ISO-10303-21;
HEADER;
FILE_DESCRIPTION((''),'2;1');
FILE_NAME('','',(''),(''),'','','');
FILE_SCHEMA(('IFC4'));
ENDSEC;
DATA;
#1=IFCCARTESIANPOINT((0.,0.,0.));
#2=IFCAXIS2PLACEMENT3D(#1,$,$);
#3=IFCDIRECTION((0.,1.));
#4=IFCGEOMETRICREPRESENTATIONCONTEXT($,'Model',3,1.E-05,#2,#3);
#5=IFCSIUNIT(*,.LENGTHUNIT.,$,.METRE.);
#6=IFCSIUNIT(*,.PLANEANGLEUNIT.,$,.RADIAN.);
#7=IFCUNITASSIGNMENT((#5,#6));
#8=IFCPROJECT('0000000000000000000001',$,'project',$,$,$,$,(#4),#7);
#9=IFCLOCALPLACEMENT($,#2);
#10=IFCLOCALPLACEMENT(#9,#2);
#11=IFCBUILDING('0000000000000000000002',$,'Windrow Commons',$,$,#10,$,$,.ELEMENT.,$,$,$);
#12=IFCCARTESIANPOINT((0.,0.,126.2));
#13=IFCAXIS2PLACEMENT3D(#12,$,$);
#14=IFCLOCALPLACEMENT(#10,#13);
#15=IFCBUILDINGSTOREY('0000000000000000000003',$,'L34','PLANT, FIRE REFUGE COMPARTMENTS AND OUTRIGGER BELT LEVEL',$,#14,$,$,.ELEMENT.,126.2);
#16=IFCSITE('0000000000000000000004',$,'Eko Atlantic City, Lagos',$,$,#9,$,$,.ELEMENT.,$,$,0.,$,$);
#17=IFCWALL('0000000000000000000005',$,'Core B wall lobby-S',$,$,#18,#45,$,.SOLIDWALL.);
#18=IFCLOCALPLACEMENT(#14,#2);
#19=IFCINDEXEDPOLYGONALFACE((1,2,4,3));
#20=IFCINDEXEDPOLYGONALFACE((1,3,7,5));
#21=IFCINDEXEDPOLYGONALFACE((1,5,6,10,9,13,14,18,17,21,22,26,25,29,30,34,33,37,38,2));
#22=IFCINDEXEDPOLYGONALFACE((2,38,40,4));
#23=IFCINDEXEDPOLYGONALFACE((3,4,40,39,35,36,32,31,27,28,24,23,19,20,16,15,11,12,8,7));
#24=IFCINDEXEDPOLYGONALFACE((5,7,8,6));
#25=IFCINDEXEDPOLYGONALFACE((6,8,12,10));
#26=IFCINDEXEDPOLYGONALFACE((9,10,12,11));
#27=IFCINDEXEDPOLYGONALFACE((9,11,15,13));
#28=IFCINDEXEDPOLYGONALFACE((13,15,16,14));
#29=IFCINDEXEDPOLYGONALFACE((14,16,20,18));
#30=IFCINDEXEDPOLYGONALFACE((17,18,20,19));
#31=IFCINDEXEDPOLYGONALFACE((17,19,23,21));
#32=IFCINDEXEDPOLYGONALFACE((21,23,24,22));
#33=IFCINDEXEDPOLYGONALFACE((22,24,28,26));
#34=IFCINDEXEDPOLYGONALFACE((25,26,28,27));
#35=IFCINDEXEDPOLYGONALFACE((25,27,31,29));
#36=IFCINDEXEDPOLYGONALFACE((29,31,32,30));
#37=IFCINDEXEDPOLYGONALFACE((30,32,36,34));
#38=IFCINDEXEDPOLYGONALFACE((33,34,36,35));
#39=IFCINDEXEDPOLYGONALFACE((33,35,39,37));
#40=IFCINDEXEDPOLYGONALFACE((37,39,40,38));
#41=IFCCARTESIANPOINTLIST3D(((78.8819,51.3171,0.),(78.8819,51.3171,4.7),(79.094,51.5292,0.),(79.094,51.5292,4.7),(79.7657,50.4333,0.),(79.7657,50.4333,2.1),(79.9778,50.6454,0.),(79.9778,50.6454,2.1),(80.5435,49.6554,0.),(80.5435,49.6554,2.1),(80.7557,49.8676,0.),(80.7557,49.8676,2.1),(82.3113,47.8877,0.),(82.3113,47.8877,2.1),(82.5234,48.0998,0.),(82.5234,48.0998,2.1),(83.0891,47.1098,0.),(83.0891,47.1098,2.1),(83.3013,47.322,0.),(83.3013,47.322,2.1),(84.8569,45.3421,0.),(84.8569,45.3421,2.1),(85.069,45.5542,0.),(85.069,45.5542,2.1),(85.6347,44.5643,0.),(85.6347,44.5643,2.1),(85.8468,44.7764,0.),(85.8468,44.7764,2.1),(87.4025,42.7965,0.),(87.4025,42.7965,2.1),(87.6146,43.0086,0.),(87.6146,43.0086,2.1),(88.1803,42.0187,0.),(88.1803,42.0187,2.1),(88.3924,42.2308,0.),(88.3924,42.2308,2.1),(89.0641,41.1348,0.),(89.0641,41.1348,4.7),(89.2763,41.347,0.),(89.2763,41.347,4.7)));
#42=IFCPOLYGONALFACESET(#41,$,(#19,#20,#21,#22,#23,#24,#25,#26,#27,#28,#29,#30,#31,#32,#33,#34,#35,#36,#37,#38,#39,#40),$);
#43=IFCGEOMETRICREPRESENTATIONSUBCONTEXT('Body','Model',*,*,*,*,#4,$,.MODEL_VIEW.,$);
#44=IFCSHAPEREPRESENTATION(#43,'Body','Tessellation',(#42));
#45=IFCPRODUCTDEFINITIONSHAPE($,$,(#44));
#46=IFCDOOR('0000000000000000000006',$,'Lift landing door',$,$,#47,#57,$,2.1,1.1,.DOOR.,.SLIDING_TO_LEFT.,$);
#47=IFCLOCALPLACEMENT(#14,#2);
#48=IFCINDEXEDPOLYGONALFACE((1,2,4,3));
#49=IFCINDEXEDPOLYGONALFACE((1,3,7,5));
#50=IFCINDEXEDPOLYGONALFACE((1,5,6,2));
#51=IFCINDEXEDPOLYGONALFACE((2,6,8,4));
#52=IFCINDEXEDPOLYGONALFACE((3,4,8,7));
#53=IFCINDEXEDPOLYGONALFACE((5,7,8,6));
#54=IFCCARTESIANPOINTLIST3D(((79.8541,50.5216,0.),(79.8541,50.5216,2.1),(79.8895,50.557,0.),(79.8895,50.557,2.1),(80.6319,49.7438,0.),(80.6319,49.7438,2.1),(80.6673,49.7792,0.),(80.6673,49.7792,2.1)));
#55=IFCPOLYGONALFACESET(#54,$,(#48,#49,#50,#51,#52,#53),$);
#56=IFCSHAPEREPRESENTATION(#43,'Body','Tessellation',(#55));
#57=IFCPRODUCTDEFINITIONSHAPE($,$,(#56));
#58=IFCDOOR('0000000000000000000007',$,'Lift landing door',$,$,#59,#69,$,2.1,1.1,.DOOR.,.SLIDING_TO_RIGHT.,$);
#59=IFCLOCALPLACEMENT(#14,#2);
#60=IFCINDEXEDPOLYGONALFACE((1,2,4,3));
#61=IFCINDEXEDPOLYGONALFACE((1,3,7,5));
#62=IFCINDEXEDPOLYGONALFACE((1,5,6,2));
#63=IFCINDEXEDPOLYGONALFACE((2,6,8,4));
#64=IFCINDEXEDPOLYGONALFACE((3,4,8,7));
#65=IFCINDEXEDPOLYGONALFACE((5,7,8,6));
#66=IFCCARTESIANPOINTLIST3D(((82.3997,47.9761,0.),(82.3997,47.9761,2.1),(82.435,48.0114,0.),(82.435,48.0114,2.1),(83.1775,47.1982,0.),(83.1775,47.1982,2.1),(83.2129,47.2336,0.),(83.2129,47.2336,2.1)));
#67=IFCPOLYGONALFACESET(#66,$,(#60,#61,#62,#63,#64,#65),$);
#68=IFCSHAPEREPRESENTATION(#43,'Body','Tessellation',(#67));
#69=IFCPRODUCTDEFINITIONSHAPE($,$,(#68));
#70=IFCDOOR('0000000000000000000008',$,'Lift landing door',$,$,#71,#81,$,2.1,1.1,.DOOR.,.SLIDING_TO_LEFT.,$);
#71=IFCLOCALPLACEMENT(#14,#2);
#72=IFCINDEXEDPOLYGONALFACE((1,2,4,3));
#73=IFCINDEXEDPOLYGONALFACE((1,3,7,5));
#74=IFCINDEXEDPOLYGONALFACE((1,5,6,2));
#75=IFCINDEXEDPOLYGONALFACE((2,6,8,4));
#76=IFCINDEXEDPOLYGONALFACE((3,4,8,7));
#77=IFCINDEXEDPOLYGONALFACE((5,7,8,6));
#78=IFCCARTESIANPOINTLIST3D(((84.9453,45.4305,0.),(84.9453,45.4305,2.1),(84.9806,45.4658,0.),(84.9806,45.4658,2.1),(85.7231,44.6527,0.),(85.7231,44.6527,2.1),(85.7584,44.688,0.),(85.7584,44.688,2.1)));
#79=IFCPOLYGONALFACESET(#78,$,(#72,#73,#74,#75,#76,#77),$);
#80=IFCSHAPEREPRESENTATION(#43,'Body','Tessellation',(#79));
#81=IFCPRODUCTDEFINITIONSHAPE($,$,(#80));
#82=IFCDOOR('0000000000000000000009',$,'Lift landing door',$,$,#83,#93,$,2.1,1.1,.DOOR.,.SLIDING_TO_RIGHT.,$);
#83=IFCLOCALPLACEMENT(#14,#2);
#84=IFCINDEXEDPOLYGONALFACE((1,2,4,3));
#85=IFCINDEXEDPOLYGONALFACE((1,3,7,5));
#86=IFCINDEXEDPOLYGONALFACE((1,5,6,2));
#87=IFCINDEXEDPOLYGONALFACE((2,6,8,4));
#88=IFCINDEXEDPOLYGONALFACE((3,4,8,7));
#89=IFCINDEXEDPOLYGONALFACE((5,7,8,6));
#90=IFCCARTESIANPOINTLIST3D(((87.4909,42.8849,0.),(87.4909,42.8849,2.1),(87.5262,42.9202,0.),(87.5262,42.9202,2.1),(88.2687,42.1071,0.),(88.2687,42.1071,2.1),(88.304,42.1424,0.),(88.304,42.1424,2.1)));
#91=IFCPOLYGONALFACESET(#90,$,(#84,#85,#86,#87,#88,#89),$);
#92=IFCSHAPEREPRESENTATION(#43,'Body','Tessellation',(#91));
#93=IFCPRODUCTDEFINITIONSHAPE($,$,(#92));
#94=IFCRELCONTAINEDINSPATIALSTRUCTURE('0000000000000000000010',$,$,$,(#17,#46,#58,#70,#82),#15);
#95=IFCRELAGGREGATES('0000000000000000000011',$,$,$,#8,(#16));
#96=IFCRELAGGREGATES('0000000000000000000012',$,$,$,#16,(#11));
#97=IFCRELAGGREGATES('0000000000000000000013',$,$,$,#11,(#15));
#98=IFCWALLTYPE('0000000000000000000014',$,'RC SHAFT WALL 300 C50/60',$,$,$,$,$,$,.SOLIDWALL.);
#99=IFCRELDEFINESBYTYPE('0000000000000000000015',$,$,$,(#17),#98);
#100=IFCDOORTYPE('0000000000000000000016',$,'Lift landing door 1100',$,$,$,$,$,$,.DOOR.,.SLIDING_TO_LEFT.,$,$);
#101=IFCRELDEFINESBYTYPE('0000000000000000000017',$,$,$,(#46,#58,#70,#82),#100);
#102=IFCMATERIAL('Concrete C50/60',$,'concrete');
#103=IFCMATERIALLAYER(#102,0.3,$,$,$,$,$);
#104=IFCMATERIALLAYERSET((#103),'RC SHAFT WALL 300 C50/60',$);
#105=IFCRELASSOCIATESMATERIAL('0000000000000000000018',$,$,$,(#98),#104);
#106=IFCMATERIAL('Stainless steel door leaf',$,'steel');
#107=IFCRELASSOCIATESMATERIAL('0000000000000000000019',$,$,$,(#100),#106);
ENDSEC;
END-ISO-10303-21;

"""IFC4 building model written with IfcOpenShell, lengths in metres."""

from ifc_helpers import new_model, si_unit, direction, frame, frame_2d, origin, place, context, subcontext, project, spatial, rectangle, extrude, material, layer, layer_set, type_object, element, fill, save


model = new_model("IFC4")

# Units and contexts
model_context = context("Model", 3, precision=1e-05, world=origin(), true_north=direction((0.0, 1.0)))
body_context = subcontext(model_context, "Body", "Model", "MODEL_VIEW")
ifc_project = project(units=[si_unit("LENGTHUNIT", "METRE"), si_unit("PLANEANGLEUNIT", "RADIAN")], contexts=[model_context])

# Site, building, storey
site_placement = place(None, origin())
site = spatial("IfcSite", under=ifc_project, at=site_placement, Name="Eko Atlantic City, Lagos", CompositionType="ELEMENT", RefElevation=0.0)
building_placement = place(site_placement, origin())
building = spatial("IfcBuilding", under=site, at=building_placement, Name="Windrow Commons", CompositionType="ELEMENT")
storey_placement = place(building_placement, frame((0.0, 0.0, 126.2)))
storey = spatial("IfcBuildingStorey", under=building, at=storey_placement, Name="L34", Description="PLANT, FIRE REFUGE COMPARTMENTS AND OUTRIGGER BELT LEVEL", CompositionType="ELEMENT", Elevation=126.2)

# Shared definitions
ifc_material_1 = material(Name="Concrete C50/60", Category="concrete")
ifc_layer_1 = layer(ifc_material_1, 0.3)
ifc_layer_set_1 = layer_set([ifc_layer_1], Name="RC SHAFT WALL 300 C50/60")
wall_type_1 = type_object("IfcWallType", Name="RC SHAFT WALL 300 C50/60", PredefinedType="SOLIDWALL", material=ifc_layer_set_1)

# Wall, openings, doors
wall_1_placement = place(storey_placement, frame((78.9879, 51.4232, 0.0), z_axis=(0.0, 0.0, 1.0), x_axis=(0.707107, -0.707107, 0.0)))
wall_1 = element("IfcWall", 1, at=wall_1_placement, inside=storey, type_object=wall_type_1, Name="Core B wall lobby-S", PredefinedType="SOLIDWALL", context=body_context, shape_type="SweptSolid", body=[
    extrude(rectangle(XDim=14.3999, YDim=0.3, at=frame_2d((7.2, 0.0))), origin(), (0.0, 0.0, 1.0), 4.7),
])
opening_1_placement = place(wall_1_placement, frame((1.25, 0.0, 0.0)))
opening_1 = element("IfcOpeningElement", 2, at=opening_1_placement, cuts=wall_1, PredefinedType="OPENING", context=body_context, shape_type="SweptSolid", body=[
    extrude(rectangle(XDim=1.1, YDim=2.1, at=frame_2d((0.55, 1.05))), frame((0.0, 0.16, 0.0), z_axis=(0.0, -1.0, 0.0), x_axis=(1.0, 0.0, 0.0)), (0.0, 0.0, 1.0), 0.32),
])
opening_2_placement = place(wall_1_placement, frame((4.85, 0.0, 0.0)))
opening_2 = element("IfcOpeningElement", 3, at=opening_2_placement, cuts=wall_1, PredefinedType="OPENING", context=body_context, shape_type="SweptSolid", body=[
    extrude(rectangle(XDim=1.1, YDim=2.1, at=frame_2d((0.55, 1.05))), frame((0.0, 0.16, 0.0), z_axis=(0.0, -1.0, 0.0), x_axis=(1.0, 0.0, 0.0)), (0.0, 0.0, 1.0), 0.32),
])
opening_3_placement = place(wall_1_placement, frame((8.45, 0.0, 0.0)))
opening_3 = element("IfcOpeningElement", 4, at=opening_3_placement, cuts=wall_1, PredefinedType="OPENING", context=body_context, shape_type="SweptSolid", body=[
    extrude(rectangle(XDim=1.1, YDim=2.1, at=frame_2d((0.55, 1.05))), frame((0.0, 0.16, 0.0), z_axis=(0.0, -1.0, 0.0), x_axis=(1.0, 0.0, 0.0)), (0.0, 0.0, 1.0), 0.32),
])
opening_4_placement = place(wall_1_placement, frame((12.05, 0.0, 0.0)))
opening_4 = element("IfcOpeningElement", 5, at=opening_4_placement, cuts=wall_1, PredefinedType="OPENING", context=body_context, shape_type="SweptSolid", body=[
    extrude(rectangle(XDim=1.1, YDim=2.1, at=frame_2d((0.55, 1.05))), frame((0.0, 0.16, 0.0), z_axis=(0.0, -1.0, 0.0), x_axis=(1.0, 0.0, 0.0)), (0.0, 0.0, 1.0), 0.32),
])
ifc_material_2 = material(Name="Stainless steel door leaf", Category="steel")
door_type_1 = type_object("IfcDoorType", Name="Lift landing door 1100", OperationType="SLIDING_TO_LEFT", PredefinedType="DOOR", material=ifc_material_2)
door_1_placement = place(opening_1_placement, origin())
door_1 = element("IfcDoor", 6, at=door_1_placement, inside=storey, type_object=door_type_1, Name="Lift landing door", OperationType="SLIDING_TO_LEFT", OverallHeight=2.1, OverallWidth=1.1, PredefinedType="DOOR", context=body_context, shape_type="SweptSolid", body=[
    extrude(rectangle(XDim=1.1, YDim=2.1, at=frame_2d((0.55, 1.05))), frame((0.0, 0.025, 0.0), z_axis=(0.0, -1.0, 0.0), x_axis=(1.0, 0.0, 0.0)), (0.0, 0.0, 1.0), 0.05),
])
fill(opening_1, door_1)
door_2_placement = place(opening_2_placement, origin())
door_2 = element("IfcDoor", 7, at=door_2_placement, inside=storey, type_object=door_type_1, Name="Lift landing door", OperationType="SLIDING_TO_RIGHT", OverallHeight=2.1, OverallWidth=1.1, PredefinedType="DOOR", context=body_context, shape_type="SweptSolid", body=[
    extrude(rectangle(XDim=1.1, YDim=2.1, at=frame_2d((0.55, 1.05))), frame((0.0, 0.025, 0.0), z_axis=(0.0, -1.0, 0.0), x_axis=(1.0, 0.0, 0.0)), (0.0, 0.0, 1.0), 0.05),
])
fill(opening_2, door_2)
door_3_placement = place(opening_3_placement, origin())
door_3 = element("IfcDoor", 8, at=door_3_placement, inside=storey, type_object=door_type_1, Name="Lift landing door", OperationType="SLIDING_TO_LEFT", OverallHeight=2.1, OverallWidth=1.1, PredefinedType="DOOR", context=body_context, shape_type="SweptSolid", body=[
    extrude(rectangle(XDim=1.1, YDim=2.1, at=frame_2d((0.55, 1.05))), frame((0.0, 0.025, 0.0), z_axis=(0.0, -1.0, 0.0), x_axis=(1.0, 0.0, 0.0)), (0.0, 0.0, 1.0), 0.05),
])
fill(opening_3, door_3)
door_4_placement = place(opening_4_placement, origin())
door_4 = element("IfcDoor", 9, at=door_4_placement, inside=storey, type_object=door_type_1, Name="Lift landing door", OperationType="SLIDING_TO_RIGHT", OverallHeight=2.1, OverallWidth=1.1, PredefinedType="DOOR", context=body_context, shape_type="SweptSolid", body=[
    extrude(rectangle(XDim=1.1, YDim=2.1, at=frame_2d((0.55, 1.05))), frame((0.0, 0.025, 0.0), z_axis=(0.0, -1.0, 0.0), x_axis=(1.0, 0.0, 0.0)), (0.0, 0.0, 1.0), 0.05),
])
fill(opening_4, door_4)

save(model, "model.ifc")
